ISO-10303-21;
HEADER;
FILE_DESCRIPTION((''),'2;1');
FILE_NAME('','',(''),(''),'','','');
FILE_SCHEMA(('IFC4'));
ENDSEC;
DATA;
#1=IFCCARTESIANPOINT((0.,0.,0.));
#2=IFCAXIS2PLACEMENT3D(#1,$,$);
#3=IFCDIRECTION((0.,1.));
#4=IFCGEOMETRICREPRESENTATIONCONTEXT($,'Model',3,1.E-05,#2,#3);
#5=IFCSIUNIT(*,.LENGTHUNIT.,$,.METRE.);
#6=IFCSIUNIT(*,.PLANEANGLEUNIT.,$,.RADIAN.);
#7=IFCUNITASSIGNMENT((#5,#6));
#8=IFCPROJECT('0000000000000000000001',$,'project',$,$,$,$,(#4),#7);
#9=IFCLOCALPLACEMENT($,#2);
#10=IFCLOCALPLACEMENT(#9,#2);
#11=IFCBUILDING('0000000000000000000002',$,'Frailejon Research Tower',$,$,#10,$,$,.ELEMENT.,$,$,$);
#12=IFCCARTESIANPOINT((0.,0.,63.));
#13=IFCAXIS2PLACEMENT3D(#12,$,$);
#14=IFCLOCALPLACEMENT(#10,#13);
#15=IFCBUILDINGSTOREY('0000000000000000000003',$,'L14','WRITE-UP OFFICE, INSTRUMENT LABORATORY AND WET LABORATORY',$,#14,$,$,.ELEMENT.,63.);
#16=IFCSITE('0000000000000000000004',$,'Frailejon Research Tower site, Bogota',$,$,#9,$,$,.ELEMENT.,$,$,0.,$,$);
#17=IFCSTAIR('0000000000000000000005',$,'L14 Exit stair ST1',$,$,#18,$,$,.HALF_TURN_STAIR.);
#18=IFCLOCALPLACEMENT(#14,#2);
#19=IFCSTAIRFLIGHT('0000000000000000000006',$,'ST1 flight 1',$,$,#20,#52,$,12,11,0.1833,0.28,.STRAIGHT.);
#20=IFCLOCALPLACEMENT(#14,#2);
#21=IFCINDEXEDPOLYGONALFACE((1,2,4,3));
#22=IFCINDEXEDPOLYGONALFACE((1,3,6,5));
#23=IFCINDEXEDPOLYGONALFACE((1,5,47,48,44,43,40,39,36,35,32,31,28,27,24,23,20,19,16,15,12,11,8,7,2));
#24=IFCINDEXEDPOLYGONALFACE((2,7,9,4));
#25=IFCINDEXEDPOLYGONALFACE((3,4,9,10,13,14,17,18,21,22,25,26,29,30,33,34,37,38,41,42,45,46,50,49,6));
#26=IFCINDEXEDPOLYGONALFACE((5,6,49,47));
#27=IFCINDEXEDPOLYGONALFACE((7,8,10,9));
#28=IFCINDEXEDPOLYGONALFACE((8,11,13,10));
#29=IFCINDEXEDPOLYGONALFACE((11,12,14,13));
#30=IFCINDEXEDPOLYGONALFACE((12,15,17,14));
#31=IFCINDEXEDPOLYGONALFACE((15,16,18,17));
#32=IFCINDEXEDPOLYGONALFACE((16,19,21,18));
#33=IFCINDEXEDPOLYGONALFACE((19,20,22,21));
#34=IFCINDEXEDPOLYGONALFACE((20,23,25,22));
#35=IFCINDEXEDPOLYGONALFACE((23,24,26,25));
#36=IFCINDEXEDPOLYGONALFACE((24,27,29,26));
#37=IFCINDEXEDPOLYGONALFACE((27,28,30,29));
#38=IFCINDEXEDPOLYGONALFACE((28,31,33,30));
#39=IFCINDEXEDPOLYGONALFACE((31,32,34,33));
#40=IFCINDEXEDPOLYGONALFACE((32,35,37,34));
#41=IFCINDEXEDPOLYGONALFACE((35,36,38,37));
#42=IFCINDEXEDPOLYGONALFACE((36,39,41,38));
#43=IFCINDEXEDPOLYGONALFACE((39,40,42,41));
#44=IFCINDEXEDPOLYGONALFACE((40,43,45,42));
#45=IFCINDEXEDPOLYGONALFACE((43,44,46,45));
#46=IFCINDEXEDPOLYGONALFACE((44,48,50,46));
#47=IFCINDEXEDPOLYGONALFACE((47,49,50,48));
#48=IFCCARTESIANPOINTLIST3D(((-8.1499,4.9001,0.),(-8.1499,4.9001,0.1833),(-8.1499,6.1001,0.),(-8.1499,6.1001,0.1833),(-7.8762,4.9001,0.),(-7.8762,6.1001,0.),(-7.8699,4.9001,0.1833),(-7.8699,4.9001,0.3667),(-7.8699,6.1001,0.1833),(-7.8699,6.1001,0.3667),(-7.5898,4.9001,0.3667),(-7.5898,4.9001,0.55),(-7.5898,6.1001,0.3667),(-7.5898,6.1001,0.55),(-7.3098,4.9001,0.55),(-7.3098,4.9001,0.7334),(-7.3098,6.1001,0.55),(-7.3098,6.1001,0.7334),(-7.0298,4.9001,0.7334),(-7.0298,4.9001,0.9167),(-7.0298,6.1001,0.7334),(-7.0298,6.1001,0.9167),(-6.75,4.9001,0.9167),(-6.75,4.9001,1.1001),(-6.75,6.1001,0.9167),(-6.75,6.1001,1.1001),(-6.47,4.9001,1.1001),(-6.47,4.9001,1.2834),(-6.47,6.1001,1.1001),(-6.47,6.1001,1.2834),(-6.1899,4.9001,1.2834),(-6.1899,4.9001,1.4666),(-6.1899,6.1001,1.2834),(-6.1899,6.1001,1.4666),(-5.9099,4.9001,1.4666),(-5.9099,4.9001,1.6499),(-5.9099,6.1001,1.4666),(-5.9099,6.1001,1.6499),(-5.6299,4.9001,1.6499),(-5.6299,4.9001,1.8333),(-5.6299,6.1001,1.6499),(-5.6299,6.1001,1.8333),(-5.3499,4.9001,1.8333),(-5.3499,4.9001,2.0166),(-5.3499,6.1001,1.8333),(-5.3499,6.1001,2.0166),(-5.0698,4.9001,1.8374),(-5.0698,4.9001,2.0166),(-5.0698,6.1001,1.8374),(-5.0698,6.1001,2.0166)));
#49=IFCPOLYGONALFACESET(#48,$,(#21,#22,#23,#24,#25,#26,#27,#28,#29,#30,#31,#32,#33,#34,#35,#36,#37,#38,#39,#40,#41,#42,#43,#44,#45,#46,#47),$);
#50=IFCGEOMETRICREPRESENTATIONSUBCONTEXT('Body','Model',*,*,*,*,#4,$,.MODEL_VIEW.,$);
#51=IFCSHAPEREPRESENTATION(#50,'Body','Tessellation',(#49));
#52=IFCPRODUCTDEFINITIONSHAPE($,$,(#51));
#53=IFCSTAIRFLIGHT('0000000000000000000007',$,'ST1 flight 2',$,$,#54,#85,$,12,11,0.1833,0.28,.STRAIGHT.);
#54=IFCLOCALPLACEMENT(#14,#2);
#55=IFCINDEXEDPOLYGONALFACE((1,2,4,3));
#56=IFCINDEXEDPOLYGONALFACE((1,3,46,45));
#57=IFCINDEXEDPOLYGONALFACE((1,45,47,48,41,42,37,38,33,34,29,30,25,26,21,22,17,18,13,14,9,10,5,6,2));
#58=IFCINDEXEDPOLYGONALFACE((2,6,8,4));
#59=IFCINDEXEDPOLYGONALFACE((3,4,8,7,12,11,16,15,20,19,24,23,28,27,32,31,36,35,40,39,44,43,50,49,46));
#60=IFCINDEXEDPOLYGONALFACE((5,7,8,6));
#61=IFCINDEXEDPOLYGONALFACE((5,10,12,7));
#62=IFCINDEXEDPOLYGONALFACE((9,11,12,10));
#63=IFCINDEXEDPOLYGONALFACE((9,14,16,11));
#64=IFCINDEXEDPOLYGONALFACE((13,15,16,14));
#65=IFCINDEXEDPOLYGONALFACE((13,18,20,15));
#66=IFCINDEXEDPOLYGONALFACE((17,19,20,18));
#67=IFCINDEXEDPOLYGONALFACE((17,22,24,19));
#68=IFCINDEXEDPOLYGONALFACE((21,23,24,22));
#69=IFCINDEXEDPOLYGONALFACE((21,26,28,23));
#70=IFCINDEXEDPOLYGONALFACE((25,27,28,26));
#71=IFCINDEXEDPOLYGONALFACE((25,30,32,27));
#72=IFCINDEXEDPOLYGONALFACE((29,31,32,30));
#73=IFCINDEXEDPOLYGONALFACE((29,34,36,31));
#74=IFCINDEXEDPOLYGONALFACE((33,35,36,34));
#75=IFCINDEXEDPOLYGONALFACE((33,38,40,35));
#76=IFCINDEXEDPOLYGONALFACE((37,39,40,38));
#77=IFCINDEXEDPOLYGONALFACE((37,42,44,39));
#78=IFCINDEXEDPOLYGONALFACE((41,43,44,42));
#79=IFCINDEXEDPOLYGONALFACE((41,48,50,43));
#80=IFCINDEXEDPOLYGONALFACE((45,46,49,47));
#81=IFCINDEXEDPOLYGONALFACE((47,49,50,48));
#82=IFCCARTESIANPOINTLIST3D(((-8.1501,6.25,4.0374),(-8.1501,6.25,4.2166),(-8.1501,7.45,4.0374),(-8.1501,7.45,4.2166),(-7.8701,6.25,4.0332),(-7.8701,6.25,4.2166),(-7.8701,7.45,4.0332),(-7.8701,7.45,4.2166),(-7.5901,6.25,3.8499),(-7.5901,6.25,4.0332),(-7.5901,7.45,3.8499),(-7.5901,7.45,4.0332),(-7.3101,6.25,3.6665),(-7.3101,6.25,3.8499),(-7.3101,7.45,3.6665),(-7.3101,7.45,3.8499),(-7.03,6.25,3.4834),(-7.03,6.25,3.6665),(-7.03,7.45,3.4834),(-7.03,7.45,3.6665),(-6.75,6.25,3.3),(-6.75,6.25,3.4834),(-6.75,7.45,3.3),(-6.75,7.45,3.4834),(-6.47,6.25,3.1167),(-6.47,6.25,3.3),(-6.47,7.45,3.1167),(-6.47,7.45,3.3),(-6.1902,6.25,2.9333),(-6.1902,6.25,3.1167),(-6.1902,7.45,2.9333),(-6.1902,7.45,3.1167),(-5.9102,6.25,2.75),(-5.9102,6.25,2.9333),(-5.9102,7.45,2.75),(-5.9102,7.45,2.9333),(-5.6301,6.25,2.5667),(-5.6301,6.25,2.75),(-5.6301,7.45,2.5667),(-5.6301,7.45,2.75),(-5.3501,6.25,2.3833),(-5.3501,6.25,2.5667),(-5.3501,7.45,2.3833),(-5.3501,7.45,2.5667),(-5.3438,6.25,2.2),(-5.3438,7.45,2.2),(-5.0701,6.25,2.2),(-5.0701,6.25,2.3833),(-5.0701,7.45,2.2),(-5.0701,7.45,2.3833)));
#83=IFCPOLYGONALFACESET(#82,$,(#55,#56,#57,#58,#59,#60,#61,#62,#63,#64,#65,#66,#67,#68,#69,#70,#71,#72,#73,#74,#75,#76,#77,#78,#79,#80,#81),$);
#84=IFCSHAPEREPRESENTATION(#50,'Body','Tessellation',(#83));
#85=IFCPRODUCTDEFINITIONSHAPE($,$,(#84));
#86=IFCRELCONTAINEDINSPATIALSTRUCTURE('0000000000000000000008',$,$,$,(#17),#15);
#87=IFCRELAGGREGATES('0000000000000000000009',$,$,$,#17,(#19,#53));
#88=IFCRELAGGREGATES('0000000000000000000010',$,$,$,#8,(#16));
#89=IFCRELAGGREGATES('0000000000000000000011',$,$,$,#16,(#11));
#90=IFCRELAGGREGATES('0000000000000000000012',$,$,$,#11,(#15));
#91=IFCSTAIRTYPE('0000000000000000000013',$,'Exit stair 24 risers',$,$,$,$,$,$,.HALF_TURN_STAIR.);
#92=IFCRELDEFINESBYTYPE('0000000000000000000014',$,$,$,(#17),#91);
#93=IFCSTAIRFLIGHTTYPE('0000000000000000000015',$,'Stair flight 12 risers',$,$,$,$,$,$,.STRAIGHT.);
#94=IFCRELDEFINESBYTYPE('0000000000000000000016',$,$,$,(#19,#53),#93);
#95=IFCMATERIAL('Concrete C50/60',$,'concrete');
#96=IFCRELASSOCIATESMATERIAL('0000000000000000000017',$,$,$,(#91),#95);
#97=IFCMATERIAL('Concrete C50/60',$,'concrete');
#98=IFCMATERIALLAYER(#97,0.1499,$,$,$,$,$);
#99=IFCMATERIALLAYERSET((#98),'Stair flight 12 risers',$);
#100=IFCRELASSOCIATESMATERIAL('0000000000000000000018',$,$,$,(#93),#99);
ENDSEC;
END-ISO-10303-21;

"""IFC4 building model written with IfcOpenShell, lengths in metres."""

from ifc_helpers import new_model, si_unit, direction, frame, origin, place, context, subcontext, project, spatial, polyline, outline, extrude, material, layer, layer_set, type_object, element, aggregate, save


model = new_model("IFC4")

# Units and contexts
model_context = context("Model", 3, precision=1e-05, world=origin(), true_north=direction((0.0, 1.0)))
body_context = subcontext(model_context, "Body", "Model", "MODEL_VIEW")
ifc_project = project(units=[si_unit("LENGTHUNIT", "METRE"), si_unit("PLANEANGLEUNIT", "RADIAN")], contexts=[model_context])

# Site, building, storey
site_placement = place(None, origin())
site = spatial("IfcSite", under=ifc_project, at=site_placement, Name="Frailejon Research Tower site, Bogota", CompositionType="ELEMENT", RefElevation=0.0)
building_placement = place(site_placement, origin())
building = spatial("IfcBuilding", under=site, at=building_placement, Name="Frailejon Research Tower", CompositionType="ELEMENT")
storey_placement = place(building_placement, frame((0.0, 0.0, 63.0)))
storey = spatial("IfcBuildingStorey", under=building, at=storey_placement, Name="L14", Description="WRITE-UP OFFICE, INSTRUMENT LABORATORY AND WET LABORATORY", CompositionType="ELEMENT", Elevation=63.0)

# Stair, stair flights
ifc_material_1 = material(Name="Concrete C50/60", Category="concrete")
stair_type = type_object("IfcStairType", Name="Exit stair 24 risers", PredefinedType="HALF_TURN_STAIR", material=ifc_material_1)
stair_placement = place(storey_placement, origin())
stair = element("IfcStair", 1, at=stair_placement, inside=storey, type_object=stair_type, Name="L14 Exit stair ST1", PredefinedType="HALF_TURN_STAIR")
ifc_material_2 = material(Name="Concrete C50/60", Category="concrete")
ifc_layer_1 = layer(ifc_material_2, 0.1499)
ifc_layer_set_1 = layer_set([ifc_layer_1], Name="Stair flight 12 risers")
stair_flight_type = type_object("IfcStairFlightType", Name="Stair flight 12 risers", PredefinedType="STRAIGHT", material=ifc_layer_set_1)
stair_flight_1_placement = place(storey_placement, frame((-8.1499, 5.5, 0.0), z_axis=(0.0, 0.0, 1.0), x_axis=(1.0, 0.0, 0.0)))
stair_flight_1 = element("IfcStairFlight", 2, at=stair_flight_1_placement, type_object=stair_flight_type, Name="ST1 flight 1", NumberOfRisers=12, NumberOfTreads=11, PredefinedType="STRAIGHT", RiserHeight=0.1833, TreadLength=0.28, context=body_context, shape_type="SweptSolid", body=[
    extrude(outline(polyline([(0.0, 0.0), (0.0, 0.1833), (0.28, 0.1833), (0.28, 0.3667), (0.5601, 0.3667), (0.5601, 0.55), (0.8401, 0.55), (0.8401, 0.7334), (1.1201, 0.7334), (1.1201, 0.9167), (1.3999, 0.9167), (1.3999, 1.1001), (1.6799, 1.1001), (1.6799, 1.2834), (1.96, 1.2834), (1.96, 1.4666), (2.24, 1.4666), (2.24, 1.6499), (2.52, 1.6499), (2.52, 1.8333), (2.8, 1.8333), (2.8, 2.0166), (3.0801, 2.0166), (3.0801, 2.2), (3.0801, 1.8374), (0.2737, 0.0), (0.0, 0.0)])), frame((0.0, 0.6001, 0.0), z_axis=(0.0, -1.0, 0.0), x_axis=(1.0, 0.0, 0.0)), (0.0, 0.0, 1.0), 1.2),
])
stair_flight_2_placement = place(storey_placement, frame((-5.0701, 6.8501, 2.2), z_axis=(0.0, 0.0, 1.0), x_axis=(-1.0, 0.0, 0.0)))
stair_flight_2 = element("IfcStairFlight", 3, at=stair_flight_2_placement, type_object=stair_flight_type, Name="ST1 flight 2", NumberOfRisers=12, NumberOfTreads=11, PredefinedType="STRAIGHT", RiserHeight=0.1833, TreadLength=0.28, context=body_context, shape_type="SweptSolid", body=[
    extrude(outline(polyline([(0.0, 0.0), (0.0, 0.1833), (0.28, 0.1833), (0.28, 0.3667), (0.5601, 0.3667), (0.5601, 0.55), (0.8401, 0.55), (0.8401, 0.7334), (1.1201, 0.7334), (1.1201, 0.9167), (1.3999, 0.9167), (1.3999, 1.1001), (1.6799, 1.1001), (1.6799, 1.2834), (1.96, 1.2834), (1.96, 1.4666), (2.24, 1.4666), (2.24, 1.6499), (2.52, 1.6499), (2.52, 1.8333), (2.8, 1.8333), (2.8, 2.0166), (3.0801, 2.0166), (3.0801, 2.2), (3.0801, 1.8374), (0.2737, 0.0), (0.0, 0.0)])), frame((0.0, 0.6001, 0.0), z_axis=(0.0, -1.0, 0.0), x_axis=(1.0, 0.0, 0.0)), (0.0, 0.0, 1.0), 1.2),
])
aggregate(stair, [stair_flight_1, stair_flight_2])

save(model, "model.ifc")
